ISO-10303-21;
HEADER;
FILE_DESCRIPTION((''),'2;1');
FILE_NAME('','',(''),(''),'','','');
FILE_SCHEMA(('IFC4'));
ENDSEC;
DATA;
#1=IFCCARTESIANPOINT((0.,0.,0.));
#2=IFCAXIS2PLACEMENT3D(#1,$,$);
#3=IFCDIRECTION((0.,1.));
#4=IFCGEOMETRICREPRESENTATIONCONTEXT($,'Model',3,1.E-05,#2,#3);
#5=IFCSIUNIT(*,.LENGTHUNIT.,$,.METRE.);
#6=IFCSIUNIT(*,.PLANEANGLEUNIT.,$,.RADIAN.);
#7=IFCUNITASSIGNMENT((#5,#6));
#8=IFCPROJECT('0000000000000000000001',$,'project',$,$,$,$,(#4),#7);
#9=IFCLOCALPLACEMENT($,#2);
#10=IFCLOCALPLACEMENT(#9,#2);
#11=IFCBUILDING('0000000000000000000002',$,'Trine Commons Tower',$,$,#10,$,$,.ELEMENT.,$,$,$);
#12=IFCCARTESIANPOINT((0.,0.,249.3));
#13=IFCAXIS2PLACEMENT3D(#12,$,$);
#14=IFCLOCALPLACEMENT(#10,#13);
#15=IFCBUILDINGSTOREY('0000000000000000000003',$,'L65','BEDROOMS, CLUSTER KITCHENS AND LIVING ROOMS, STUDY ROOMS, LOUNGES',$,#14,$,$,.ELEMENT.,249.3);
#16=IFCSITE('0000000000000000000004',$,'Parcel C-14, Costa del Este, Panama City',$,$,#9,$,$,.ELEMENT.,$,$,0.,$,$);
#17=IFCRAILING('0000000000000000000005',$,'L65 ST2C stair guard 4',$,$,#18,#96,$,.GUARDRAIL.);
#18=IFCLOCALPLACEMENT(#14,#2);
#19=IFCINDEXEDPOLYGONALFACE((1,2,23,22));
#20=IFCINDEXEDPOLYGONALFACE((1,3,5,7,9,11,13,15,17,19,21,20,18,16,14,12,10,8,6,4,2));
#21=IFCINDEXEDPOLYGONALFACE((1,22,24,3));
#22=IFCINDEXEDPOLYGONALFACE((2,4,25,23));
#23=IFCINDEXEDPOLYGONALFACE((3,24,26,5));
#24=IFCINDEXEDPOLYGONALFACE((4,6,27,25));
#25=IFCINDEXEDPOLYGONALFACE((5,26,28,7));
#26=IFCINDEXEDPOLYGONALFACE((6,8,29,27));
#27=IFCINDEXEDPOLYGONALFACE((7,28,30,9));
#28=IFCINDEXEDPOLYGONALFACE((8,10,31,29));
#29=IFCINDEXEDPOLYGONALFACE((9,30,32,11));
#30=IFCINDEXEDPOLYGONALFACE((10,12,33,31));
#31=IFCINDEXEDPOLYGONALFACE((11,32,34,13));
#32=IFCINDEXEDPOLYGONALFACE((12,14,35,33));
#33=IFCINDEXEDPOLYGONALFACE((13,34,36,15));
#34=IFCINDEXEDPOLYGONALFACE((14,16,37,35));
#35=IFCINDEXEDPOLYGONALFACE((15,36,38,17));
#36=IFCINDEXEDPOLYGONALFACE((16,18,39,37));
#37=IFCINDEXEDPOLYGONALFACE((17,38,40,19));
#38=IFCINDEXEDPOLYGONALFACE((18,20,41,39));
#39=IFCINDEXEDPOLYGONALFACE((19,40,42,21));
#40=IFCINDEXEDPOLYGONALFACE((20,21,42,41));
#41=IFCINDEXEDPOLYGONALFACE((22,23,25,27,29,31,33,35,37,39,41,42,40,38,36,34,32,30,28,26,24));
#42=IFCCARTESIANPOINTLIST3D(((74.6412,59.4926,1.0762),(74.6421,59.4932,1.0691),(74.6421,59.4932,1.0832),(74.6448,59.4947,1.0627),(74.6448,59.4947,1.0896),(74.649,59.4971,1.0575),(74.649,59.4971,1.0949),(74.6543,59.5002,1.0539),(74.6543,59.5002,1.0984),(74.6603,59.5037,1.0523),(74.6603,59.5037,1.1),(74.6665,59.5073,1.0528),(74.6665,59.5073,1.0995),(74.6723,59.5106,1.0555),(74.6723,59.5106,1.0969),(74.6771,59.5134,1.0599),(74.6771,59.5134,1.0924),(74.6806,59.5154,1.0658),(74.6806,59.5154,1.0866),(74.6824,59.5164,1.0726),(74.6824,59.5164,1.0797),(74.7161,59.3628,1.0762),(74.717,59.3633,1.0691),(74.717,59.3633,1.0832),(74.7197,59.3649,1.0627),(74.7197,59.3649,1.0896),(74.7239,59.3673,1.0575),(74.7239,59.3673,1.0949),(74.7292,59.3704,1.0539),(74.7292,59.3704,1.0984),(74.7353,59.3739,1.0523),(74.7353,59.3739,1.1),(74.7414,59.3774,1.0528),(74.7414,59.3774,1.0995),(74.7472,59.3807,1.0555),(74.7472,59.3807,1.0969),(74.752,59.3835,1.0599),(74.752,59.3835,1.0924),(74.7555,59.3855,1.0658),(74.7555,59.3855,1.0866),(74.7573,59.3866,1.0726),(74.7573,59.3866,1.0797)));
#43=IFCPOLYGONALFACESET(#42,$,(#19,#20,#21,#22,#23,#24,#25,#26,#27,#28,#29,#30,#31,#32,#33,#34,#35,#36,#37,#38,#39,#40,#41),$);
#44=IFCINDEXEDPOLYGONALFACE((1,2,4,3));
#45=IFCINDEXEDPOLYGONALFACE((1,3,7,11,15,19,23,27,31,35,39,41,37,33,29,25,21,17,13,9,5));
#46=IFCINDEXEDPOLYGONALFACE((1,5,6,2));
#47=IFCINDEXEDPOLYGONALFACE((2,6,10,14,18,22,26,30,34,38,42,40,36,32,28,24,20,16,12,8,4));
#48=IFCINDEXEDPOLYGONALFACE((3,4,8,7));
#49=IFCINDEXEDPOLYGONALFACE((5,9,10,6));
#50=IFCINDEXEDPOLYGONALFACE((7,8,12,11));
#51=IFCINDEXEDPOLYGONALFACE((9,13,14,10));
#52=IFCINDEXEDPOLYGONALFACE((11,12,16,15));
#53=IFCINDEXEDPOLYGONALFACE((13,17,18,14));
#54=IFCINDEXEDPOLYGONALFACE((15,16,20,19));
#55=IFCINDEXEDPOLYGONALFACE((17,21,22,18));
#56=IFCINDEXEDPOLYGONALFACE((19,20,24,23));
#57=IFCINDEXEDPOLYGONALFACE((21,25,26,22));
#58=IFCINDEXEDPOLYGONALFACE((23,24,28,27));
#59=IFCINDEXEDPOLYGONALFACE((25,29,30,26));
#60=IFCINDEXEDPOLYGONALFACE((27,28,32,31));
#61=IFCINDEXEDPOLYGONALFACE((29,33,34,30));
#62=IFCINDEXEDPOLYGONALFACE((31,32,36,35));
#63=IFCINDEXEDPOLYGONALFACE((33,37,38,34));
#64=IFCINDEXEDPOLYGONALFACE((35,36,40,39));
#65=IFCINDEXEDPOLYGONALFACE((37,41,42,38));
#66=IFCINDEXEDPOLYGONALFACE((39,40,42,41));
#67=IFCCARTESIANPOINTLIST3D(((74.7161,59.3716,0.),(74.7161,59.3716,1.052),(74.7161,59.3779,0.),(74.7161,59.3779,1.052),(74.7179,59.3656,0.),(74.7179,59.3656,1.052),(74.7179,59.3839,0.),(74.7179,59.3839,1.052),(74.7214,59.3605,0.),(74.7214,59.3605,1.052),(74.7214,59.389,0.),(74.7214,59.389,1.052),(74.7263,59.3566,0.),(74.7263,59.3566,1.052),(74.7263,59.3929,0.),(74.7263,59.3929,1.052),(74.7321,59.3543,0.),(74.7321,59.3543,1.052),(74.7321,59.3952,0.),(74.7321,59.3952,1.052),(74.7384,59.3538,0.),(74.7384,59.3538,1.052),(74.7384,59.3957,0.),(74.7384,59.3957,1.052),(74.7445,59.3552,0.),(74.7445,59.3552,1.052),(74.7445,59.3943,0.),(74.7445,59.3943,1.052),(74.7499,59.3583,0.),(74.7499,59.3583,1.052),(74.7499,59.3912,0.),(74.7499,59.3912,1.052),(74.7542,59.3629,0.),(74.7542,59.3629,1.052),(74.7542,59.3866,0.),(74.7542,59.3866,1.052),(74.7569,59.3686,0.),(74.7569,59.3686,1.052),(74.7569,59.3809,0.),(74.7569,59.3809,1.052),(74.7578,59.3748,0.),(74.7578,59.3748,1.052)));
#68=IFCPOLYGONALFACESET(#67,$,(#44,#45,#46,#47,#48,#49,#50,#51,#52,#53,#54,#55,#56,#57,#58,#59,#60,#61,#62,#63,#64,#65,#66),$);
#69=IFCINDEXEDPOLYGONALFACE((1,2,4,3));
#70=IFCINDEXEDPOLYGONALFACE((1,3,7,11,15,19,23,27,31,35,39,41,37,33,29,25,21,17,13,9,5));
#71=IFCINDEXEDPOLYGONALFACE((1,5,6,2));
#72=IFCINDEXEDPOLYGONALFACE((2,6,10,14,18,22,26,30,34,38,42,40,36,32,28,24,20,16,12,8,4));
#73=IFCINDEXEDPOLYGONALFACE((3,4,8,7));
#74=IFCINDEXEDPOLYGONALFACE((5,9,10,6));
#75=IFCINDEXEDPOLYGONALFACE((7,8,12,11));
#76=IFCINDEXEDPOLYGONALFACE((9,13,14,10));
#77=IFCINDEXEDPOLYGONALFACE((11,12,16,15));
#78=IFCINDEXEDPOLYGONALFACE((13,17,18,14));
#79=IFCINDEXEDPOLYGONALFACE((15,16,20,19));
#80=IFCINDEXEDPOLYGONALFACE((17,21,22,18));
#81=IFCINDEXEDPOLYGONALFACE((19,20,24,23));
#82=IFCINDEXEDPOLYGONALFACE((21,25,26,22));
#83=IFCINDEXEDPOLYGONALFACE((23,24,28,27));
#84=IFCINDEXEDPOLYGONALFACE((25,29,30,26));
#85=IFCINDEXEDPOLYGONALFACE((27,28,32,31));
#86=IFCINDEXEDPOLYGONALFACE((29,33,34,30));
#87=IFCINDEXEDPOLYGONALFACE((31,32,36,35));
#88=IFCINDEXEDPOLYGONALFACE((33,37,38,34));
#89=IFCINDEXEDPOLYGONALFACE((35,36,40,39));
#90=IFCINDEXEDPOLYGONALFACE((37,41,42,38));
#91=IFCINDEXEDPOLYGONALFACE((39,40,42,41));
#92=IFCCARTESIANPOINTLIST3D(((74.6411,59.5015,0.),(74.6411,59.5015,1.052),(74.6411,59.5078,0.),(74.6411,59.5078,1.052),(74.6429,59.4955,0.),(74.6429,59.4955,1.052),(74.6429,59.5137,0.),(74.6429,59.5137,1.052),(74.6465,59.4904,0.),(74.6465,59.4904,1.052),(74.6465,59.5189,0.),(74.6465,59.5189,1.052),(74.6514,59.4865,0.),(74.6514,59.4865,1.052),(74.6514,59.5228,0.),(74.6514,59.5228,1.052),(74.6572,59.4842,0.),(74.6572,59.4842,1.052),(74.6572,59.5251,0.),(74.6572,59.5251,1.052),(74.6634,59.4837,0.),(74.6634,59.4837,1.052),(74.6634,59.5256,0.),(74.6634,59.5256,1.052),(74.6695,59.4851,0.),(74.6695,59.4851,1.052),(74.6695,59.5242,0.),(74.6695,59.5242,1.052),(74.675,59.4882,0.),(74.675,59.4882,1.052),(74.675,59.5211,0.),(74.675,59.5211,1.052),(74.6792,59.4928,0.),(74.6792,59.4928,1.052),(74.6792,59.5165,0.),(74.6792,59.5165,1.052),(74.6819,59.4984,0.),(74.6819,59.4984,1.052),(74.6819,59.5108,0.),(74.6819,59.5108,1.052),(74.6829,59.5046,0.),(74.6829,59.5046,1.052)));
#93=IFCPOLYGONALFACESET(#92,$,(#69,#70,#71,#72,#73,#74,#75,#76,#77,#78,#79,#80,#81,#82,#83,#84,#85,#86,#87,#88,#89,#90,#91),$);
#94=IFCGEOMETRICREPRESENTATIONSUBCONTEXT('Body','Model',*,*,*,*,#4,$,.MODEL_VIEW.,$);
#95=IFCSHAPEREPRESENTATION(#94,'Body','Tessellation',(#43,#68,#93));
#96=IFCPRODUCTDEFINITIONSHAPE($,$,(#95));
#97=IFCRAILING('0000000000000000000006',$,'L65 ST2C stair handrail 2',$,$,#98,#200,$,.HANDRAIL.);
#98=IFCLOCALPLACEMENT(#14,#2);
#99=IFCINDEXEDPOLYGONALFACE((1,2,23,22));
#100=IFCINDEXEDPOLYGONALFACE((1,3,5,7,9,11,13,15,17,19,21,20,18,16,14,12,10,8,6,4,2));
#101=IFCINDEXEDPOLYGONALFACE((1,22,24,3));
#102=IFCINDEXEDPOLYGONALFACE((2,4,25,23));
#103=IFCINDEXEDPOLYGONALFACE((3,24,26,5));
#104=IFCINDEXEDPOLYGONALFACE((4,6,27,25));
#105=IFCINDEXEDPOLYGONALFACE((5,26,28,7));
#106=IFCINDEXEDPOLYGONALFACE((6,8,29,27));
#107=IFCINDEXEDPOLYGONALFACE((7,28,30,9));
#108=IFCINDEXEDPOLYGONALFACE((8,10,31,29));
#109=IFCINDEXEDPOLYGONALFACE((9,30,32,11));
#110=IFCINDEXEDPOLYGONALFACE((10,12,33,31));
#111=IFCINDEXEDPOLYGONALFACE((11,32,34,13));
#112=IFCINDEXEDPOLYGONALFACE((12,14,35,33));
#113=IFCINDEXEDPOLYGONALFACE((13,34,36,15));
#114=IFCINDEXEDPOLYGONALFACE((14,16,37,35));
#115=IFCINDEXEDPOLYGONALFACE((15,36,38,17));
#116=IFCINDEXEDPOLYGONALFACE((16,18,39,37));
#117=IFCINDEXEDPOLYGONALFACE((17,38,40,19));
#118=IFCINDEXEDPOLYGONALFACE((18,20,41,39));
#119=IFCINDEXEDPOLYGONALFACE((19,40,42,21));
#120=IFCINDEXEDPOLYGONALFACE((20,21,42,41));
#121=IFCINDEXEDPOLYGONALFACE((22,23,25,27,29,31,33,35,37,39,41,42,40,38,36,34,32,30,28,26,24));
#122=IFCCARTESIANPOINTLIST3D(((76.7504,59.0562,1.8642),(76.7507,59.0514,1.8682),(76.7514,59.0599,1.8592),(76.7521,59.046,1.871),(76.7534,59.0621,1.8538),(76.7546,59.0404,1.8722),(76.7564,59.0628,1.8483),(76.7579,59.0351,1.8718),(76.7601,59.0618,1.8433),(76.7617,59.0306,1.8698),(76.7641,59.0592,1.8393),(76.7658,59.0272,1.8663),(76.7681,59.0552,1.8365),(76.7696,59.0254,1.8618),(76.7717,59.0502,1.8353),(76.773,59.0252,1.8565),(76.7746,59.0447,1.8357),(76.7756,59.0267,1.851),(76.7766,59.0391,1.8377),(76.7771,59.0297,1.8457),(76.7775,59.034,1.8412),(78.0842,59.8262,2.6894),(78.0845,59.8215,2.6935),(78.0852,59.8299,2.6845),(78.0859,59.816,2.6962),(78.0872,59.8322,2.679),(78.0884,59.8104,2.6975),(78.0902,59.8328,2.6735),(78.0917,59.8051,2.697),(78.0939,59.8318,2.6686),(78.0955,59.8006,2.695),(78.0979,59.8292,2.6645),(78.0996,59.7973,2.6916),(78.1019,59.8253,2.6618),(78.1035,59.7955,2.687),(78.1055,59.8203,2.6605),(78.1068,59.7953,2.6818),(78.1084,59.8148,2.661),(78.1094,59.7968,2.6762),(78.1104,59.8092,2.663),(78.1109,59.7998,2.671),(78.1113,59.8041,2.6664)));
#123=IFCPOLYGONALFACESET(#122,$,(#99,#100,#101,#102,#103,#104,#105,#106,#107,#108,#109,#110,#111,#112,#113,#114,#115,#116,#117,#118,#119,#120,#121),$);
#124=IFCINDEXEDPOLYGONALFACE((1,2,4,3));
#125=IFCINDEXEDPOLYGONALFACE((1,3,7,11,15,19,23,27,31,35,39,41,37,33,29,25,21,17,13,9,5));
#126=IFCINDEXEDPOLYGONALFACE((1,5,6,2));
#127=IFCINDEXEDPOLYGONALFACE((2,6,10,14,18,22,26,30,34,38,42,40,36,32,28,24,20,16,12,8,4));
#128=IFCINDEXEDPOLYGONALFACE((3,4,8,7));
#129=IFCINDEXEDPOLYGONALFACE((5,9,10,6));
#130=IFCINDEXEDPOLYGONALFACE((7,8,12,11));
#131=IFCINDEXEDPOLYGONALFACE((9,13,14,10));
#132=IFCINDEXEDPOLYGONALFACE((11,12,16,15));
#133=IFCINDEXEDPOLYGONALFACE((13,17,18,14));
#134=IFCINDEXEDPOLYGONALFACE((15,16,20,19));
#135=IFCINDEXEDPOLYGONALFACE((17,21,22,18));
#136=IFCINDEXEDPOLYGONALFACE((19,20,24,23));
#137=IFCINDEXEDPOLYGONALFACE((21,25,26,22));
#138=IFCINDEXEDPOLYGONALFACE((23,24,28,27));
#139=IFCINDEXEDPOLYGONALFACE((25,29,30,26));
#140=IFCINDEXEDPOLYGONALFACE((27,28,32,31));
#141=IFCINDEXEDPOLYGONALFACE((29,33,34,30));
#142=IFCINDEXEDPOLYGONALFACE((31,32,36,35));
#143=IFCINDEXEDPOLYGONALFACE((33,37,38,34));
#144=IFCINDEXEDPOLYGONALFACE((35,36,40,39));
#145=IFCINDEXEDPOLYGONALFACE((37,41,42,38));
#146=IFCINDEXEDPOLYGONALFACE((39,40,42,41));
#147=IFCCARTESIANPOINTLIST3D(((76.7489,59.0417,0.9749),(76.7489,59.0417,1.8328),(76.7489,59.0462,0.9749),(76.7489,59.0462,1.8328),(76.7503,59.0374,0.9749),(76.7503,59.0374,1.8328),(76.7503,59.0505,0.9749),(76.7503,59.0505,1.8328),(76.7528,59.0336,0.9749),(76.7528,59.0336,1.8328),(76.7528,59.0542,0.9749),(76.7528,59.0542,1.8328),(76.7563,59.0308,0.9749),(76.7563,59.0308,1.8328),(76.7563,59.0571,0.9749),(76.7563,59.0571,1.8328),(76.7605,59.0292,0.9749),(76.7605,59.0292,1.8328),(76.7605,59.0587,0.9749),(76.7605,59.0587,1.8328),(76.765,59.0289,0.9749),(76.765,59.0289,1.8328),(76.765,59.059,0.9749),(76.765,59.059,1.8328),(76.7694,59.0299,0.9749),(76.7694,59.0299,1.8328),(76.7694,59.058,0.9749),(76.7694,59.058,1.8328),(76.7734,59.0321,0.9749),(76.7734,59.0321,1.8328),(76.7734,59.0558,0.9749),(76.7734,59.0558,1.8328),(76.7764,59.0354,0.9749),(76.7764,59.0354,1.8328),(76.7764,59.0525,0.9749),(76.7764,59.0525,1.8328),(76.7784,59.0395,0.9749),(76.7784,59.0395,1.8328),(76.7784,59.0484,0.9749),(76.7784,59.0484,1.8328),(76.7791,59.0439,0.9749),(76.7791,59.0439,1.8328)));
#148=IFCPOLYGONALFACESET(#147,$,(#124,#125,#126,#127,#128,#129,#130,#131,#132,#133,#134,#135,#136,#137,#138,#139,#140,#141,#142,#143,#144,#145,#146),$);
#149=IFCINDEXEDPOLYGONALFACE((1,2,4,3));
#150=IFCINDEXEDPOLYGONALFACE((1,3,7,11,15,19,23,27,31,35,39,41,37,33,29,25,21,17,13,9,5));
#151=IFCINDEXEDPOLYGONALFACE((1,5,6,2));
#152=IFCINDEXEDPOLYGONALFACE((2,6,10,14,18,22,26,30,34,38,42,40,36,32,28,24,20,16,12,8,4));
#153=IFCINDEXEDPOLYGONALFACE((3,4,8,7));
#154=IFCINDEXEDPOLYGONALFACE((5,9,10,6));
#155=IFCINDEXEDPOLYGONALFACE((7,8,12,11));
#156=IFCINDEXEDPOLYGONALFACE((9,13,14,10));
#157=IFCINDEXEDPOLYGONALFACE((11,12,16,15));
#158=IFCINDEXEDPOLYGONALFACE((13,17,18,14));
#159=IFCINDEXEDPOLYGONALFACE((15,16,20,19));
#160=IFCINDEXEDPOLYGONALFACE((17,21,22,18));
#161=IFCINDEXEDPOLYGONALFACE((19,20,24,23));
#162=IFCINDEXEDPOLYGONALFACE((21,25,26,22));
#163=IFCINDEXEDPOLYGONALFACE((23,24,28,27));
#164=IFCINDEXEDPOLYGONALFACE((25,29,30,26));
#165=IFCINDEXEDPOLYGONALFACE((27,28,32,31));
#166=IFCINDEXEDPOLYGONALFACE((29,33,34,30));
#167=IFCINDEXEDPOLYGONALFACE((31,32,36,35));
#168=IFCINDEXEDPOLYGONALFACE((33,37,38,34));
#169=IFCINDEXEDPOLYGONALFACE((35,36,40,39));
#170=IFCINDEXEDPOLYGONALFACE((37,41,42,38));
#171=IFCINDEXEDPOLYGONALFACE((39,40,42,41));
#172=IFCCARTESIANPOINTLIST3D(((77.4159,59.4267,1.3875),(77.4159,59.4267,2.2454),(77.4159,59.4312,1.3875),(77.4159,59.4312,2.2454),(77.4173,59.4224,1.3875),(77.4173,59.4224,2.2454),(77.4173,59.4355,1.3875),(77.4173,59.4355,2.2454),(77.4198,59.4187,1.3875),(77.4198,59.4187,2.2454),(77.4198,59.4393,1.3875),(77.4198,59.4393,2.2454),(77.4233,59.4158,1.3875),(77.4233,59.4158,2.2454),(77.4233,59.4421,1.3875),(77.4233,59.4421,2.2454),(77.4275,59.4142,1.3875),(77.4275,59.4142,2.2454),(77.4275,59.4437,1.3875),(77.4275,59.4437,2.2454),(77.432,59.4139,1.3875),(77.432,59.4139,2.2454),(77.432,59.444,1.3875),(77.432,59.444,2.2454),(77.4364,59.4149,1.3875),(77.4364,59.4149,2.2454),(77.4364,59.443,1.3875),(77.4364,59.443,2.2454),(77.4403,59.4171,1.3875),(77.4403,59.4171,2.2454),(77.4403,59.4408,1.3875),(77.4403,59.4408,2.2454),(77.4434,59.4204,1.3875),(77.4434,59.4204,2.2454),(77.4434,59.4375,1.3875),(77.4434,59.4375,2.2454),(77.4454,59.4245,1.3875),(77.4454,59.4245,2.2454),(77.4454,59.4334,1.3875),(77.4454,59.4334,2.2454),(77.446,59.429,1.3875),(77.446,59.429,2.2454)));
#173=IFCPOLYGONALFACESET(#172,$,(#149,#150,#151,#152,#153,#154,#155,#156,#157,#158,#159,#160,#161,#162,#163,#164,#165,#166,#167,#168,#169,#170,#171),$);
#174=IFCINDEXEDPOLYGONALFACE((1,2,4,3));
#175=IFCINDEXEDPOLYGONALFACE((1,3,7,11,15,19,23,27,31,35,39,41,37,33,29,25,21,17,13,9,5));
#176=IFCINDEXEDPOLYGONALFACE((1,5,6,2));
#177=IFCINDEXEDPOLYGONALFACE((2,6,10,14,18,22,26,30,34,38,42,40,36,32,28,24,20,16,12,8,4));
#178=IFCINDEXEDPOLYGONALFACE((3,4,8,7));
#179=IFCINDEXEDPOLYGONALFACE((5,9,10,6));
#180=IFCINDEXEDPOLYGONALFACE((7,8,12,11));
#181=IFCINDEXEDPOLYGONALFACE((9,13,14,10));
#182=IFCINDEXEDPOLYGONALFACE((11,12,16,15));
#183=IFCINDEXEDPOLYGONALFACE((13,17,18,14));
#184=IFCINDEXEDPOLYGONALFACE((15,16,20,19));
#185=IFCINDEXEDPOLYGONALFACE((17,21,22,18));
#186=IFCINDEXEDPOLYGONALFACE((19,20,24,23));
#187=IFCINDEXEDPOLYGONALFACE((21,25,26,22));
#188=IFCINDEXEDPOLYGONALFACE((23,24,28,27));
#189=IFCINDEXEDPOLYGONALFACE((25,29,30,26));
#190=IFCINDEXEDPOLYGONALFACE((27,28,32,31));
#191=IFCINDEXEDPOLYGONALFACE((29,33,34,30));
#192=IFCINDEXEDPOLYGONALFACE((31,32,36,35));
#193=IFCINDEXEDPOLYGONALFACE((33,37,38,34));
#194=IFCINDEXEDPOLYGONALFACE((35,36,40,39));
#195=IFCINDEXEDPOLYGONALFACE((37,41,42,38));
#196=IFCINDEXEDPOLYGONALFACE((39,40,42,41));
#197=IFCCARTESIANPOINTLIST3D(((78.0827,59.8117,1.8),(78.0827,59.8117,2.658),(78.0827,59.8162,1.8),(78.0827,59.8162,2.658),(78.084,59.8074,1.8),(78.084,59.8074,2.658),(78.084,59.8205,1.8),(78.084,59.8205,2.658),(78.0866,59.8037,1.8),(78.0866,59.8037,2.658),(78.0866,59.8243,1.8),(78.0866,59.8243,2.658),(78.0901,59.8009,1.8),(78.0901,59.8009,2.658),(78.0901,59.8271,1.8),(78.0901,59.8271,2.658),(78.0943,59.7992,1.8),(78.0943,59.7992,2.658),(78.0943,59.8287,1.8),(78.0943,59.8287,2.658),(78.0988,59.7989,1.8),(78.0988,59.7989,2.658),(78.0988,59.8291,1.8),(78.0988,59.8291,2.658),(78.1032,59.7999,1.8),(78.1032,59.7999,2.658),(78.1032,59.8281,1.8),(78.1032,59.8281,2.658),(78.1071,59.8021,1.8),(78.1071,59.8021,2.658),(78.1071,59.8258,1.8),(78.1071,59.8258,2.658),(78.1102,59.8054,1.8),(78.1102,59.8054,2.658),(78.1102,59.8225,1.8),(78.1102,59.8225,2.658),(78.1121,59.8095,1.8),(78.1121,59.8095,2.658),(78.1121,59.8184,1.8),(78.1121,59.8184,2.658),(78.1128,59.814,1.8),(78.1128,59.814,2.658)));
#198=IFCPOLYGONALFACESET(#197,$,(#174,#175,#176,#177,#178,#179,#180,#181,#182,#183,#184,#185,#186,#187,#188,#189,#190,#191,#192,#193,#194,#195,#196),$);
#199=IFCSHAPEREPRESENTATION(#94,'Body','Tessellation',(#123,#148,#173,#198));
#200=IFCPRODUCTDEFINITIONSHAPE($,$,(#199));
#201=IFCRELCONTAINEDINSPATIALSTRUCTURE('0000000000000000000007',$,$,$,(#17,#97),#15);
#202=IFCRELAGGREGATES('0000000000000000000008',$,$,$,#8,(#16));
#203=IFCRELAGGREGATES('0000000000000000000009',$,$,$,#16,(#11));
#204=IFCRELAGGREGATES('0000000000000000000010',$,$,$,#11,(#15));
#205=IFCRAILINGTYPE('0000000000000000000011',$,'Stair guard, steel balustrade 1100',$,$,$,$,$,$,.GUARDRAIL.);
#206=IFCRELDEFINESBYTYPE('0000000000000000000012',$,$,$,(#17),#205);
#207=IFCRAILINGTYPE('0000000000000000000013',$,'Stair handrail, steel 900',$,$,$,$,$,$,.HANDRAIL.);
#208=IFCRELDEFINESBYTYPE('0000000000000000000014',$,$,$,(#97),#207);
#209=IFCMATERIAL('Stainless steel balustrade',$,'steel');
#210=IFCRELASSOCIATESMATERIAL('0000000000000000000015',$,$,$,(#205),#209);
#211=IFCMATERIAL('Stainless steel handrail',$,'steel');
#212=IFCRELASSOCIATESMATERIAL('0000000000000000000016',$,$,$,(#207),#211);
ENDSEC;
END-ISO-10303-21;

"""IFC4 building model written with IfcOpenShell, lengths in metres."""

from ifc_helpers import new_model, si_unit, direction, frame, origin, origin_2d, place, context, subcontext, project, spatial, circle, extrude, material, type_object, element, save


model = new_model("IFC4")

# Units and contexts
model_context = context("Model", 3, precision=1e-05, world=origin(), true_north=direction((0.0, 1.0)))
body_context = subcontext(model_context, "Body", "Model", "MODEL_VIEW")
ifc_project = project(units=[si_unit("LENGTHUNIT", "METRE"), si_unit("PLANEANGLEUNIT", "RADIAN")], contexts=[model_context])

# Site, building, storey
site_placement = place(None, origin())
site = spatial("IfcSite", under=ifc_project, at=site_placement, Name="Parcel C-14, Costa del Este, Panama City", CompositionType="ELEMENT", RefElevation=0.0)
building_placement = place(site_placement, origin())
building = spatial("IfcBuilding", under=site, at=building_placement, Name="Trine Commons Tower", CompositionType="ELEMENT")
storey_placement = place(building_placement, frame((0.0, 0.0, 249.3)))
storey = spatial("IfcBuildingStorey", under=building, at=storey_placement, Name="L65", Description="BEDROOMS, CLUSTER KITCHENS AND LIVING ROOMS, STUDY ROOMS, LOUNGES", CompositionType="ELEMENT", Elevation=249.3)

# Railings
ifc_material_1 = material(Name="Stainless steel balustrade", Category="steel")
railing_type_1 = type_object("IfcRailingType", Name="Stair guard, steel balustrade 1100", PredefinedType="GUARDRAIL", material=ifc_material_1)
railing_1_placement = place(storey_placement, frame((74.7368, 59.3748, 0.0)))
element("IfcRailing", 1, at=railing_1_placement, inside=storey, type_object=railing_type_1, Name="L65 ST2C stair guard 4", PredefinedType="GUARDRAIL", context=body_context, shape_type="SweptSolid", body=[
    extrude(circle(Radius=0.0239, at=origin_2d()), frame((0.0, 0.0, 1.0762), z_axis=(-0.499816, 0.866131, 0.0), x_axis=(-0.866131, -0.499816, 0.0)), (0.0, 0.0, 1.0), 0.1499),
    extrude(circle(Radius=0.021, at=origin_2d()), origin(), (0.0, 0.0, 1.0), 1.052),
    extrude(circle(Radius=0.021, at=origin_2d()), frame((-0.075, 0.1299, 0.0)), (0.0, 0.0, 1.0), 1.052),
])
ifc_material_2 = material(Name="Stainless steel handrail", Category="steel")
railing_type_2 = type_object("IfcRailingType", Name="Stair handrail, steel 900", PredefinedType="HANDRAIL", material=ifc_material_2)
railing_2_placement = place(storey_placement, frame((76.7639, 59.0439, 0.9749)))
element("IfcRailing", 2, at=railing_2_placement, inside=storey, type_object=railing_type_2, Name="L65 ST2C stair handrail 2", PredefinedType="HANDRAIL", context=body_context, shape_type="SweptSolid", body=[
    extrude(circle(Radius=0.021, at=origin_2d()), frame((0.0, 0.0, 0.8789), z_axis=(0.763355, 0.440714, 0.472293), x_axis=(-0.499992, 0.86603, 0.0)), (0.0, 0.0, 1.0), 1.7473),
    extrude(circle(Radius=0.0151, at=origin_2d()), origin(), (0.0, 0.0, 1.0), 0.8579),
    extrude(circle(Radius=0.0151, at=origin_2d()), frame((0.667, 0.385, 0.4126)), (0.0, 0.0, 1.0), 0.8579),
    extrude(circle(Radius=0.0151, at=origin_2d()), frame((1.3337, 0.77, 0.8252)), (0.0, 0.0, 1.0), 0.8579),
])

save(model, "model.ifc")
